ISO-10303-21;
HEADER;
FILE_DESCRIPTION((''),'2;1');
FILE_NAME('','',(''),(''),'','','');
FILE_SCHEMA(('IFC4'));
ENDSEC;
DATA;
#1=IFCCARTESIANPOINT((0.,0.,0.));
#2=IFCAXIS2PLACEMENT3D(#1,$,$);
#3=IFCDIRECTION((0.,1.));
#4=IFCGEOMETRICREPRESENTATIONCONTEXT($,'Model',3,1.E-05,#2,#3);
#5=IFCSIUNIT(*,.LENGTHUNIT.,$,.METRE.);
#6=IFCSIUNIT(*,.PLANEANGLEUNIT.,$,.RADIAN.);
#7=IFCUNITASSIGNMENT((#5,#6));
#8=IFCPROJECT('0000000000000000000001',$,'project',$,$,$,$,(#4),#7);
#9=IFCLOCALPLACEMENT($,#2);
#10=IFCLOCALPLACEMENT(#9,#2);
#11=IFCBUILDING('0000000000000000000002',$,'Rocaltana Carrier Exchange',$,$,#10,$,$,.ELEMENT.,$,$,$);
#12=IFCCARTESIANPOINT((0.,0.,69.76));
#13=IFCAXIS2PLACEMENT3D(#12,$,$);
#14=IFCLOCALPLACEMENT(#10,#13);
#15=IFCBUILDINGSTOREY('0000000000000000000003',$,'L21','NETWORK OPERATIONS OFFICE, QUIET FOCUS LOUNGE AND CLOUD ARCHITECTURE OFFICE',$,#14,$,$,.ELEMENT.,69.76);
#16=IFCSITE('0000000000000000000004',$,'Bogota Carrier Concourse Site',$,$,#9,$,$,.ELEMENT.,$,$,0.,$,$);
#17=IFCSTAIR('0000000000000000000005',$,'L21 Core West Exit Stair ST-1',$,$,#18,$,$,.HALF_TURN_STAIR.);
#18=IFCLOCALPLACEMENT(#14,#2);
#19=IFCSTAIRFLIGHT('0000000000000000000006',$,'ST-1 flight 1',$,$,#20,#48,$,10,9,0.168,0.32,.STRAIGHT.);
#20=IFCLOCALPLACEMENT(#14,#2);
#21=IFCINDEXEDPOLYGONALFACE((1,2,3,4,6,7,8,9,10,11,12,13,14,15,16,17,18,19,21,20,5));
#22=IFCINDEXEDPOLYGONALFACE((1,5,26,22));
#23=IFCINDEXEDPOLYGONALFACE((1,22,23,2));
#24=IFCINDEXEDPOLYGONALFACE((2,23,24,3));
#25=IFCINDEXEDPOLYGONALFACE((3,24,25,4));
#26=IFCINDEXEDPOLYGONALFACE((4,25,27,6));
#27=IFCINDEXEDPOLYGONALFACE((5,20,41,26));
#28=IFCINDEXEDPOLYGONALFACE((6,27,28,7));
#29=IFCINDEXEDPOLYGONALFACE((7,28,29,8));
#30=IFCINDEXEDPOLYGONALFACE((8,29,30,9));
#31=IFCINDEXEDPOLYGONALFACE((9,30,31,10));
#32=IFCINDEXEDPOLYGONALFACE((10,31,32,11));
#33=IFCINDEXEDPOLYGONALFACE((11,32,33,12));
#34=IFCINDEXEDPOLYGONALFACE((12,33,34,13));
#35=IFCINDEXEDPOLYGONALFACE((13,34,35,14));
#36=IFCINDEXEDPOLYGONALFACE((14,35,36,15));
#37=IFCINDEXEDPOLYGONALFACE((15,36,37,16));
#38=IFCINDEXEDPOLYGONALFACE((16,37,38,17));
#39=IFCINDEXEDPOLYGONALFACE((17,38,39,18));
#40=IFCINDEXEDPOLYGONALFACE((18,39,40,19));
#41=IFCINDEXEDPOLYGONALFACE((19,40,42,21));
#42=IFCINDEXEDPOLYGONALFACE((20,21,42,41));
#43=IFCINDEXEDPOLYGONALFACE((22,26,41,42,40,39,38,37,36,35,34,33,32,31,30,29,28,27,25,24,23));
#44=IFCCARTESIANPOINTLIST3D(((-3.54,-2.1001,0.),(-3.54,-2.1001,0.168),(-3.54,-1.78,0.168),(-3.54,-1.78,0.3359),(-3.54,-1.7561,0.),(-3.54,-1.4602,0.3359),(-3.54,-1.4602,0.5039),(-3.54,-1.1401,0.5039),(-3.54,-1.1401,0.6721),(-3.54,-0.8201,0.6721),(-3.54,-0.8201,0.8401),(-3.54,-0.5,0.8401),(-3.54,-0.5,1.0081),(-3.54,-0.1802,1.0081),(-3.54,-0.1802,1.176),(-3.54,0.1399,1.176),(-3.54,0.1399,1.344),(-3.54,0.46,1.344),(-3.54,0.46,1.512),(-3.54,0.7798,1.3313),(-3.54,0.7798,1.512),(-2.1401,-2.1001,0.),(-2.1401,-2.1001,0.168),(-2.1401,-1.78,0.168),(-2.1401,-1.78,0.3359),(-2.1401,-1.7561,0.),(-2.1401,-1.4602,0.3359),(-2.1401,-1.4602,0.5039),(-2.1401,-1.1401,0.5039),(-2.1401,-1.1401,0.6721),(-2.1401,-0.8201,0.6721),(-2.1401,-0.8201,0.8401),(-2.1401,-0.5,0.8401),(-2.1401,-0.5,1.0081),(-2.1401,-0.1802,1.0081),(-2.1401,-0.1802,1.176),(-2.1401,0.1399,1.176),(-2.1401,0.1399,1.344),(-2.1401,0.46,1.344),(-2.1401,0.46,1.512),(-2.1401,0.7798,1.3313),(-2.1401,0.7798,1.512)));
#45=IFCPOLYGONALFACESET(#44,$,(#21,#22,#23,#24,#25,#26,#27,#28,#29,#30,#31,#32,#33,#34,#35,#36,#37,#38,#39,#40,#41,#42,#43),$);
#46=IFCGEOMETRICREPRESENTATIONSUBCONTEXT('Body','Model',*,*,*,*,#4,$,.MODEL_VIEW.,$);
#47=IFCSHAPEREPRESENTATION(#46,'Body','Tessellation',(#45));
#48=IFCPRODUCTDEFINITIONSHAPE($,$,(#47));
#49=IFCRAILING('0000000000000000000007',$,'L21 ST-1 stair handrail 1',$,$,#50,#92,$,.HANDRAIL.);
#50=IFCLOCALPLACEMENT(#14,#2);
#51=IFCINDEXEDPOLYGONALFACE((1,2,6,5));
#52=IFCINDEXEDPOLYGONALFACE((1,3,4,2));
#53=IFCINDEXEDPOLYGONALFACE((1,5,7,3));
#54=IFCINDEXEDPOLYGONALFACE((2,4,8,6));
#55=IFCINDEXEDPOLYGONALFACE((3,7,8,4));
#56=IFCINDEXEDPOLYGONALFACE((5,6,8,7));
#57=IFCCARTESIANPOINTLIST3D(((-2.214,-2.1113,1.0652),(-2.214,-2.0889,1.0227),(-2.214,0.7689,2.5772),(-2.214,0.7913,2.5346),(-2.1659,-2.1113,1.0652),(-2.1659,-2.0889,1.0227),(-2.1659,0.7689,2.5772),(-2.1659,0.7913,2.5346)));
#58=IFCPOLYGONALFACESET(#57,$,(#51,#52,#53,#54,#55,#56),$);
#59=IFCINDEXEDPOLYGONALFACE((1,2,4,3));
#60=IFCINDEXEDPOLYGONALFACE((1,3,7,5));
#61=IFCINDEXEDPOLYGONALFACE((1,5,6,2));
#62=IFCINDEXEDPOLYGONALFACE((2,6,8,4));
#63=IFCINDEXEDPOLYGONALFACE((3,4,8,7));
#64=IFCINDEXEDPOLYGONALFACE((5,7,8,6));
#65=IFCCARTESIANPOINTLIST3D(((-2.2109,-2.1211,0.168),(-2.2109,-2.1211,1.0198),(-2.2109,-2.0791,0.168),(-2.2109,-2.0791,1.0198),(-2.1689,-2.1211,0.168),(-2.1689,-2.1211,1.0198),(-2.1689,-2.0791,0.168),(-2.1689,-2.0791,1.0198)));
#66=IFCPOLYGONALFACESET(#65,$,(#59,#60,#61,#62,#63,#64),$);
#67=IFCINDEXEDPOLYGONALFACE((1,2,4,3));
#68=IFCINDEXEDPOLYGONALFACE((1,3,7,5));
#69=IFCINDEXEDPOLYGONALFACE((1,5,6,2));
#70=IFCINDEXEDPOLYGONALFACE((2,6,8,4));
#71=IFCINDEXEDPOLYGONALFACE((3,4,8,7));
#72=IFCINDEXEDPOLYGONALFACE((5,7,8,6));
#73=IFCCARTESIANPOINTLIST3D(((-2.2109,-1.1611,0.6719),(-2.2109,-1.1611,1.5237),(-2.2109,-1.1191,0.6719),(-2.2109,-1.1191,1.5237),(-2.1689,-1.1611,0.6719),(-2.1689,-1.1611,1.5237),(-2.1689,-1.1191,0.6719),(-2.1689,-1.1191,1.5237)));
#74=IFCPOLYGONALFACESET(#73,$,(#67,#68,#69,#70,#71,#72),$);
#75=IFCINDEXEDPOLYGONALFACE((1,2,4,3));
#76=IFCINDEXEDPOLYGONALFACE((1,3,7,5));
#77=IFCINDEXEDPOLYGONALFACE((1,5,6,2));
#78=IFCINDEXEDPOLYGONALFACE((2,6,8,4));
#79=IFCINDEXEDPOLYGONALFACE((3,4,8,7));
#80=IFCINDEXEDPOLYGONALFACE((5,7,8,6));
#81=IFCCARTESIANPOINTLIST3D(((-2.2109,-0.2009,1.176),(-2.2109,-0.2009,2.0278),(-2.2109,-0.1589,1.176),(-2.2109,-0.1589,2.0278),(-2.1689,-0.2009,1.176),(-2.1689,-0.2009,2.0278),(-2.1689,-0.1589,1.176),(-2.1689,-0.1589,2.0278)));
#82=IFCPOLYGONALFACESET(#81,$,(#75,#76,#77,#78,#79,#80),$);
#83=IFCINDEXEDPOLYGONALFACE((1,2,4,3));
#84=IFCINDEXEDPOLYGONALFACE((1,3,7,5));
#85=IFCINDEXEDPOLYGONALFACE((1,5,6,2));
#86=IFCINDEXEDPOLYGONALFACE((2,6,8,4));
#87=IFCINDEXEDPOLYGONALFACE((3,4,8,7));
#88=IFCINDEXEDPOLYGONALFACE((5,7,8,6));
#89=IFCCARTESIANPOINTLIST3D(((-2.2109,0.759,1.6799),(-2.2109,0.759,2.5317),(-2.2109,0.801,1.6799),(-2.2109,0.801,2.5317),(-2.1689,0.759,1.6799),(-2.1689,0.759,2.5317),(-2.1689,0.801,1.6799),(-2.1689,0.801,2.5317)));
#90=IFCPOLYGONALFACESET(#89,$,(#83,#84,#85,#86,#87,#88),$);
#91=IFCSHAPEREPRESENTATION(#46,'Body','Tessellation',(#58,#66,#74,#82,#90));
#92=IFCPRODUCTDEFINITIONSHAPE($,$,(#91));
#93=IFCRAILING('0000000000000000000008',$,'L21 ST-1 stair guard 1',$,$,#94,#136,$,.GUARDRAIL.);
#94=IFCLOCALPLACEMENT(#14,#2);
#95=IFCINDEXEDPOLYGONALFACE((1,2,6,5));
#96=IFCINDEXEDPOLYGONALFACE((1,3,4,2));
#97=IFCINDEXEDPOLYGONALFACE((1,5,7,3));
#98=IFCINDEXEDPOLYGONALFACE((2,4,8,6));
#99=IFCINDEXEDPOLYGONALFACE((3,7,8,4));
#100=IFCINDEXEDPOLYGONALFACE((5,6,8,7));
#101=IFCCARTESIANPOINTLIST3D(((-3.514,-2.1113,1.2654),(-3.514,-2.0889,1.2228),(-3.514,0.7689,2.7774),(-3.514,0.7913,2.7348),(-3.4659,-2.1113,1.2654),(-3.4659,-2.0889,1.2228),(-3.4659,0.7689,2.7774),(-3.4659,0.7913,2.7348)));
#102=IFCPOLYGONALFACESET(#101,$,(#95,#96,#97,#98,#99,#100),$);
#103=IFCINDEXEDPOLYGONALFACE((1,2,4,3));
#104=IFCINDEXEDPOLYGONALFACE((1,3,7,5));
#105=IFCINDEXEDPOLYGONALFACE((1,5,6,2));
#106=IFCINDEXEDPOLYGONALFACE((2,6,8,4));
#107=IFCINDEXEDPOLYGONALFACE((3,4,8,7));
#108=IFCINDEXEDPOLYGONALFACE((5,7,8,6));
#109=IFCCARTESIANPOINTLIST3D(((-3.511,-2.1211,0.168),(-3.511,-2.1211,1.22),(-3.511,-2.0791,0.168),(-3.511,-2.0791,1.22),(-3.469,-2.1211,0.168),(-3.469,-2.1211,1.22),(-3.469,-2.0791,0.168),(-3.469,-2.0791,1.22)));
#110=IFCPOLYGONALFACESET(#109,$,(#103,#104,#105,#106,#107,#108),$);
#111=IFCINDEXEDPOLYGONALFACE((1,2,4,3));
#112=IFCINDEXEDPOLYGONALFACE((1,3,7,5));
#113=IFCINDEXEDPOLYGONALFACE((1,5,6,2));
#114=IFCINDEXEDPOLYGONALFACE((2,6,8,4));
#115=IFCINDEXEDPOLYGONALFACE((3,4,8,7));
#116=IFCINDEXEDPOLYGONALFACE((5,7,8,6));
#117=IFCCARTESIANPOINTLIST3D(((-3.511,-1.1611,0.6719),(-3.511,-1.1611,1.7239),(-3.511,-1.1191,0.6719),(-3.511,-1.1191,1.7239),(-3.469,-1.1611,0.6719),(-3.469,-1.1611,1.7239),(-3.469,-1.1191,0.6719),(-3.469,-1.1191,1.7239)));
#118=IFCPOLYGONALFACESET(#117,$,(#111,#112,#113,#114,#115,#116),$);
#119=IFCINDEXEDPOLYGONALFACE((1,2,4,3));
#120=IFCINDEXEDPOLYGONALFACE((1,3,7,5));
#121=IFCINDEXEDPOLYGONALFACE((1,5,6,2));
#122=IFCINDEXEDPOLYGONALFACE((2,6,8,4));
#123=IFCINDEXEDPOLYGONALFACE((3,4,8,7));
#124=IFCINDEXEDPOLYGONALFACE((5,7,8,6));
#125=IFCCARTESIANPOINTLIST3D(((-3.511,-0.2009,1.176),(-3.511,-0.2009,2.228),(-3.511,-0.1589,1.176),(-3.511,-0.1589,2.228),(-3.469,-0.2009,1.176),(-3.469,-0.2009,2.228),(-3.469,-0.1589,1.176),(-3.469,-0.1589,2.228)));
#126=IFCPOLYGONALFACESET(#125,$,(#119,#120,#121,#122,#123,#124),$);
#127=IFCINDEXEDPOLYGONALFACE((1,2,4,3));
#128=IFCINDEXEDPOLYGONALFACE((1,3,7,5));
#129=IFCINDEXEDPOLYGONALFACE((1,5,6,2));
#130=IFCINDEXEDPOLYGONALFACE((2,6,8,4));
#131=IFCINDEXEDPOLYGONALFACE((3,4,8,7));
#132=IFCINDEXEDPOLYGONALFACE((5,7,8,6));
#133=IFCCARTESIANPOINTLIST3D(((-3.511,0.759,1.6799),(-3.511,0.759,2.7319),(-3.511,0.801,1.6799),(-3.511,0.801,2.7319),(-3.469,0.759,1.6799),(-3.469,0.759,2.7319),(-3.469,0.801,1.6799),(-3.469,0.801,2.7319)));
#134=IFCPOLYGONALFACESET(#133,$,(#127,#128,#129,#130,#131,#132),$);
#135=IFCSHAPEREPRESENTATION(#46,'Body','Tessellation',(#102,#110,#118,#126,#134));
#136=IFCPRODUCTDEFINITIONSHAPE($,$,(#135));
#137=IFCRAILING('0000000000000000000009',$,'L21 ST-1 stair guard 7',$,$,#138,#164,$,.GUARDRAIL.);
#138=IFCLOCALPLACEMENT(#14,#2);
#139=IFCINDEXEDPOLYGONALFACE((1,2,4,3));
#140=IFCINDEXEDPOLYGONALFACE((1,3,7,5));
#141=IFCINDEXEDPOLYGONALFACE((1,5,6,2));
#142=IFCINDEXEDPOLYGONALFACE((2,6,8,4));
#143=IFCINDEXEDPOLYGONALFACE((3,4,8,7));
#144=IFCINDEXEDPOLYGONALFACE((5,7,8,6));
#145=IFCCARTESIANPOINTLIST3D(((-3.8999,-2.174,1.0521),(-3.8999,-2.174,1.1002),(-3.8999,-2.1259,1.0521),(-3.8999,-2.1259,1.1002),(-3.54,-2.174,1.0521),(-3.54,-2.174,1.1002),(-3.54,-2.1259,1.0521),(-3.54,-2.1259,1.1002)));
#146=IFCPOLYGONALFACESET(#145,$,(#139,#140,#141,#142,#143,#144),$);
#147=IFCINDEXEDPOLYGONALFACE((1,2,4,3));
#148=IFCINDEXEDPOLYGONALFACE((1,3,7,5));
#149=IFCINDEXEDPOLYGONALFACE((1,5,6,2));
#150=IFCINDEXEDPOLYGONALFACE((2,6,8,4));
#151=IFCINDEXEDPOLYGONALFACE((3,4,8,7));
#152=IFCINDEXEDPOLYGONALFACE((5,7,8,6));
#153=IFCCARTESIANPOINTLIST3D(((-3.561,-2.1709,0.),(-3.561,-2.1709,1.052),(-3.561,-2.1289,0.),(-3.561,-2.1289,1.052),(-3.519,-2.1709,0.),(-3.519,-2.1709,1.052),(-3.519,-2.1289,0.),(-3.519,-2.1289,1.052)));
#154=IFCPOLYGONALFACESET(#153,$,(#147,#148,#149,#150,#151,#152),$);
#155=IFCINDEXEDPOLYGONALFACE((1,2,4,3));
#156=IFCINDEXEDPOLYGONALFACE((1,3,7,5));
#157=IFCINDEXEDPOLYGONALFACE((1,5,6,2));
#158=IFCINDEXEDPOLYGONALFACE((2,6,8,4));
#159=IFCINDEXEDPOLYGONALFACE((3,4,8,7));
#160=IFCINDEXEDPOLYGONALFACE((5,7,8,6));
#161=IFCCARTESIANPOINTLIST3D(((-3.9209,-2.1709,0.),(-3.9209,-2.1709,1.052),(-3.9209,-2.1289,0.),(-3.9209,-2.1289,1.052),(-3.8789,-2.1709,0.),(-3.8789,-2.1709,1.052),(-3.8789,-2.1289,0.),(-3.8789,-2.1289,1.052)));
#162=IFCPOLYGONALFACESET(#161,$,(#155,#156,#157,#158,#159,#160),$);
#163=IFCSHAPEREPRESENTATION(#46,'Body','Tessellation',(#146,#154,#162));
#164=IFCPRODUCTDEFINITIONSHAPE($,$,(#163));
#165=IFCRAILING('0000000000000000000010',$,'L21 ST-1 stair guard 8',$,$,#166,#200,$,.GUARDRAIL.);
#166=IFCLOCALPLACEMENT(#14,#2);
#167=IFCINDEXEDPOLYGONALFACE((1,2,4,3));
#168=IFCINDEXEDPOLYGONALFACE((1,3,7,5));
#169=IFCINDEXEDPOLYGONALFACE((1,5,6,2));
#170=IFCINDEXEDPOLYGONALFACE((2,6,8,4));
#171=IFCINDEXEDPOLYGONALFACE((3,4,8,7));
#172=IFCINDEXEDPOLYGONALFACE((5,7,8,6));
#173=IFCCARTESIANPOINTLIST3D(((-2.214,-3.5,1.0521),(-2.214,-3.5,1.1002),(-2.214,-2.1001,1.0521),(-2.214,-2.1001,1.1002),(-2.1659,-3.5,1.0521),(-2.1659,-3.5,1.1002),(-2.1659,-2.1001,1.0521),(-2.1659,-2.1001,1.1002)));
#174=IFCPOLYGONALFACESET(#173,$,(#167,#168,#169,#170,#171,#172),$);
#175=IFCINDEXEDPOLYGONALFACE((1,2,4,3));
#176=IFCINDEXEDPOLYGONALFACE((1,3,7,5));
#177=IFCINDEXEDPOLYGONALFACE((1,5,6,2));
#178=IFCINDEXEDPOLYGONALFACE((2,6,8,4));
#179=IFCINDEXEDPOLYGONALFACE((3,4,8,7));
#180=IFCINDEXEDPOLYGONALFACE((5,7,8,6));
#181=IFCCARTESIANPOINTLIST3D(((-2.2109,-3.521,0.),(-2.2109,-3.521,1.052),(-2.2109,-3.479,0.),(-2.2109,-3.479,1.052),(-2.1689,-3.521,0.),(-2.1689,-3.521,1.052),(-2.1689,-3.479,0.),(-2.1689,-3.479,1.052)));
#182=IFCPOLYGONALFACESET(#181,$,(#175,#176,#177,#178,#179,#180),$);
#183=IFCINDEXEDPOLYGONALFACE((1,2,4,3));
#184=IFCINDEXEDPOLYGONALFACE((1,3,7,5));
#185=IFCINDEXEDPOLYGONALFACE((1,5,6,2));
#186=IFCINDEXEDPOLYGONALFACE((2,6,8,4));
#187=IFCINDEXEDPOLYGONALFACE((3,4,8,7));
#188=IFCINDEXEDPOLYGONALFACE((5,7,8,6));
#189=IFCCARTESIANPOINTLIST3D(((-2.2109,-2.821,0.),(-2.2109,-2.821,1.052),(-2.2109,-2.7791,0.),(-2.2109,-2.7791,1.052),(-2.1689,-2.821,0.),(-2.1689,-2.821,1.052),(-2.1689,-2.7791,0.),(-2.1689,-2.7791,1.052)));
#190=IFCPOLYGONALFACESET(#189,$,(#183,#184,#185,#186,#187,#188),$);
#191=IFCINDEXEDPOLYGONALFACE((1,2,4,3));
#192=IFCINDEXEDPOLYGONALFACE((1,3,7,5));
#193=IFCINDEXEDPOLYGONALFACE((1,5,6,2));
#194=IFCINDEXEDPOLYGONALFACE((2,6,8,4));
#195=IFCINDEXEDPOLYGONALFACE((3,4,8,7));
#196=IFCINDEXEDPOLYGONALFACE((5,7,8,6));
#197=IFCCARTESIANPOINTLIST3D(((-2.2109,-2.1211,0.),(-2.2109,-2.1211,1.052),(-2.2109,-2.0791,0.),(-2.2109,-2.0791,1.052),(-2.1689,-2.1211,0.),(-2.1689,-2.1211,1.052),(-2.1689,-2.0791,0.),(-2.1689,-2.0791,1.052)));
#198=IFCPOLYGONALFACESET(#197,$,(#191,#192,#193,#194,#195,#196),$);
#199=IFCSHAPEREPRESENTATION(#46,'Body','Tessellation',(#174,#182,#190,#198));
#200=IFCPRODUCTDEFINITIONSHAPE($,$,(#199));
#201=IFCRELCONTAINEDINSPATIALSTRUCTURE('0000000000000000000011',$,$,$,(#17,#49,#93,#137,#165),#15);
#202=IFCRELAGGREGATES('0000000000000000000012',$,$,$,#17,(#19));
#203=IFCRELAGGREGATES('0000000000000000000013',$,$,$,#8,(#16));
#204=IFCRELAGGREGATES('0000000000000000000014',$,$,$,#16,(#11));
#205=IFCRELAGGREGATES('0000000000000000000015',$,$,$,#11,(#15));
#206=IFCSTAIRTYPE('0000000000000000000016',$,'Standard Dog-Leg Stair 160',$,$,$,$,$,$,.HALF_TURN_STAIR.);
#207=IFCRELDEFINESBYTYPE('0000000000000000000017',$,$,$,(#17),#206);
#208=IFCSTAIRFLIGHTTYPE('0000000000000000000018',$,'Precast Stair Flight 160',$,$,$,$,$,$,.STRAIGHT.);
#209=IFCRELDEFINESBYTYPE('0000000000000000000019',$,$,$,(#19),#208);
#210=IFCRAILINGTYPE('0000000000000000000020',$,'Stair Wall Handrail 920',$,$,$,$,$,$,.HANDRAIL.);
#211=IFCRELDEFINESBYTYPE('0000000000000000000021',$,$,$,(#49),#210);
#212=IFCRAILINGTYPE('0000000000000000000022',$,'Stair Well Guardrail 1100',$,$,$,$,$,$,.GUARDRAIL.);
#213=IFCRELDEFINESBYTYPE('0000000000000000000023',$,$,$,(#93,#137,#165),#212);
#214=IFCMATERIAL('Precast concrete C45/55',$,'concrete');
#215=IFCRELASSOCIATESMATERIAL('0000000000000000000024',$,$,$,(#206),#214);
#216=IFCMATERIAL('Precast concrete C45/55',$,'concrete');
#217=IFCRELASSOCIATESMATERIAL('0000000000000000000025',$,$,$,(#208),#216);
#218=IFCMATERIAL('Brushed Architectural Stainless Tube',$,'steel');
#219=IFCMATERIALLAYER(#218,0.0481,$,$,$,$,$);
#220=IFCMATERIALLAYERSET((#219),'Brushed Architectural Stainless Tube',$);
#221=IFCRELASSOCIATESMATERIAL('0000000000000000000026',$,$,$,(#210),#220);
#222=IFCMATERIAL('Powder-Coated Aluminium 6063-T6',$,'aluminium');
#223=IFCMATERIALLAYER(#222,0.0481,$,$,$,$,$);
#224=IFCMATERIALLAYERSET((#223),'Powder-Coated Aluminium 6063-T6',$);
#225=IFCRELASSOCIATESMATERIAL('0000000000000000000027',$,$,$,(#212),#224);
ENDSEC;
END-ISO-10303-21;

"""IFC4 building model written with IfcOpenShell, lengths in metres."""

from ifc_helpers import new_model, si_unit, direction, frame, origin, origin_2d, place, context, subcontext, project, spatial, polyline, rectangle, outline, extrude, material, layer, layer_set, type_object, element, aggregate, save


model = new_model("IFC4")

# Units and contexts
model_context = context("Model", 3, precision=1e-05, world=origin(), true_north=direction((0.0, 1.0)))
body_context = subcontext(model_context, "Body", "Model", "MODEL_VIEW")
ifc_project = project(units=[si_unit("LENGTHUNIT", "METRE"), si_unit("PLANEANGLEUNIT", "RADIAN")], contexts=[model_context])

# Site, building, storey
site_placement = place(None, origin())
site = spatial("IfcSite", under=ifc_project, at=site_placement, Name="Bogota Carrier Concourse Site", CompositionType="ELEMENT", RefElevation=0.0)
building_placement = place(site_placement, origin())
building = spatial("IfcBuilding", under=site, at=building_placement, Name="Rocaltana Carrier Exchange", CompositionType="ELEMENT")
storey_placement = place(building_placement, frame((0.0, 0.0, 69.76)))
storey = spatial("IfcBuildingStorey", under=building, at=storey_placement, Name="L21", Description="NETWORK OPERATIONS OFFICE, QUIET FOCUS LOUNGE AND CLOUD ARCHITECTURE OFFICE", CompositionType="ELEMENT", Elevation=69.76)

# Stair, stair flight
ifc_material_1 = material(Name="Precast concrete C45/55", Category="concrete")
stair_type = type_object("IfcStairType", Name="Standard Dog-Leg Stair 160", PredefinedType="HALF_TURN_STAIR", material=ifc_material_1)
stair_placement = place(storey_placement, origin())
stair = element("IfcStair", 1, at=stair_placement, inside=storey, type_object=stair_type, Name="L21 Core West Exit Stair ST-1", PredefinedType="HALF_TURN_STAIR")
ifc_material_2 = material(Name="Precast concrete C45/55", Category="concrete")
stair_flight_type = type_object("IfcStairFlightType", Name="Precast Stair Flight 160", PredefinedType="STRAIGHT", material=ifc_material_2)
stair_flight_placement = place(storey_placement, frame((-2.8401, -2.1001, 0.0), z_axis=(0.0, 0.0, 1.0), x_axis=(0.0, 1.0, 0.0)))
stair_flight = element("IfcStairFlight", 2, at=stair_flight_placement, type_object=stair_flight_type, Name="ST-1 flight 1", NumberOfRisers=10, NumberOfTreads=9, PredefinedType="STRAIGHT", RiserHeight=0.168, TreadLength=0.32, context=body_context, shape_type="SweptSolid", body=[
    extrude(outline(polyline([(0.0, 0.0), (0.0, 0.168), (0.3201, 0.168), (0.3201, 0.3359), (0.6399, 0.3359), (0.6399, 0.5039), (0.96, 0.5039), (0.96, 0.6721), (1.28, 0.6721), (1.28, 0.8401), (1.6001, 0.8401), (1.6001, 1.0081), (1.9199, 1.0081), (1.9199, 1.176), (2.24, 1.176), (2.24, 1.344), (2.5601, 1.344), (2.5601, 1.512), (2.8799, 1.512), (2.8799, 1.6799), (2.8799, 1.3313), (0.344, 0.0), (0.0, 0.0)])), frame((0.0, 0.7, 0.0), z_axis=(0.0, -1.0, 0.0), x_axis=(1.0, 0.0, 0.0)), (0.0, 0.0, 1.0), 1.3999),
])
aggregate(stair, [stair_flight])

# Railings
ifc_material_3 = material(Name="Brushed Architectural Stainless Tube", Category="steel")
ifc_layer_1 = layer(ifc_material_3, 0.0481)
ifc_layer_set_1 = layer_set([ifc_layer_1], Name="Brushed Architectural Stainless Tube")
railing_type_1 = type_object("IfcRailingType", Name="Stair Wall Handrail 920", PredefinedType="HANDRAIL", material=ifc_layer_set_1)
railing_1_placement = place(storey_placement, frame((-2.1899, -2.1001, 0.168)))
element("IfcRailing", 3, at=railing_1_placement, inside=storey, type_object=railing_type_1, Name="L21 ST-1 stair handrail 1", PredefinedType="HANDRAIL", context=body_context, shape_type="SweptSolid", body=[
    extrude(rectangle(XDim=0.0481, YDim=0.0481, at=origin_2d()), frame((0.0, 0.0, 0.876), z_axis=(0.0, 0.885411, 0.464809), x_axis=(-1.0, 0.0, 0.0)), (0.0, 0.0, 1.0), 3.2529),
    extrude(rectangle(XDim=0.042, YDim=0.042, at=origin_2d()), origin(), (0.0, 0.0, 1.0), 0.8518),
    extrude(rectangle(XDim=0.042, YDim=0.042, at=origin_2d()), frame((0.0, 0.96, 0.5039)), (0.0, 0.0, 1.0), 0.8518),
    extrude(rectangle(XDim=0.042, YDim=0.042, at=origin_2d()), frame((0.0, 1.9202, 1.0081)), (0.0, 0.0, 1.0), 0.8518),
    extrude(rectangle(XDim=0.042, YDim=0.042, at=origin_2d()), frame((0.0, 2.8801, 1.512)), (0.0, 0.0, 1.0), 0.8518),
])
ifc_material_4 = material(Name="Powder-Coated Aluminium 6063-T6", Category="aluminium")
ifc_layer_2 = layer(ifc_material_4, 0.0481)
ifc_layer_set_2 = layer_set([ifc_layer_2], Name="Powder-Coated Aluminium 6063-T6")
railing_type_2 = type_object("IfcRailingType", Name="Stair Well Guardrail 1100", PredefinedType="GUARDRAIL", material=ifc_layer_set_2)
railing_2_placement = place(storey_placement, frame((-3.49, -2.1001, 0.168)))
element("IfcRailing", 4, at=railing_2_placement, inside=storey, type_object=railing_type_2, Name="L21 ST-1 stair guard 1", PredefinedType="GUARDRAIL", context=body_context, shape_type="SweptSolid", body=[
    extrude(rectangle(XDim=0.0481, YDim=0.0481, at=origin_2d()), frame((0.0, 0.0, 1.0762), z_axis=(0.0, 0.885411, 0.464809), x_axis=(-1.0, 0.0, 0.0)), (0.0, 0.0, 1.0), 3.2529),
    extrude(rectangle(XDim=0.042, YDim=0.042, at=origin_2d()), origin(), (0.0, 0.0, 1.0), 1.052),
    extrude(rectangle(XDim=0.042, YDim=0.042, at=origin_2d()), frame((0.0, 0.96, 0.5039)), (0.0, 0.0, 1.0), 1.052),
    extrude(rectangle(XDim=0.042, YDim=0.042, at=origin_2d()), frame((0.0, 1.9202, 1.0081)), (0.0, 0.0, 1.0), 1.052),
    extrude(rectangle(XDim=0.042, YDim=0.042, at=origin_2d()), frame((0.0, 2.8801, 1.512)), (0.0, 0.0, 1.0), 1.052),
])
railing_3_placement = place(storey_placement, frame((-3.54, -2.1499, 0.0)))
element("IfcRailing", 5, at=railing_3_placement, inside=storey, type_object=railing_type_2, Name="L21 ST-1 stair guard 7", PredefinedType="GUARDRAIL", context=body_context, shape_type="SweptSolid", body=[
    extrude(rectangle(XDim=0.0481, YDim=0.0481, at=origin_2d()), frame((0.0, 0.0, 1.0762), z_axis=(-1.0, 0.0, 0.0), x_axis=(0.0, -1.0, 0.0)), (0.0, 0.0, 1.0), 0.3599),
    extrude(rectangle(XDim=0.042, YDim=0.042, at=origin_2d()), origin(), (0.0, 0.0, 1.0), 1.052),
    extrude(rectangle(XDim=0.042, YDim=0.042, at=origin_2d()), frame((-0.3599, 0.0, 0.0)), (0.0, 0.0, 1.0), 1.052),
])
for number, where, name in (
    (6, (-2.1899, -3.5, 0.0), "L21 ST-1 stair guard 8"),
):
    element("IfcRailing", number, at=place(storey_placement, frame(where)), inside=storey, type_object=railing_type_2, Name=name, PredefinedType="GUARDRAIL", context=body_context, shape_type="SweptSolid", body=[
        extrude(rectangle(XDim=0.0481, YDim=0.0481, at=origin_2d()), frame((0.0, 0.0, 1.0762), z_axis=(0.0, 1.0, 0.0), x_axis=(-1.0, 0.0, 0.0)), (0.0, 0.0, 1.0), 1.3999),
        extrude(rectangle(XDim=0.042, YDim=0.042, at=origin_2d()), origin(), (0.0, 0.0, 1.0), 1.052),
        extrude(rectangle(XDim=0.042, YDim=0.042, at=origin_2d()), frame((0.0, 0.7, 0.0)), (0.0, 0.0, 1.0), 1.052),
        extrude(rectangle(XDim=0.042, YDim=0.042, at=origin_2d()), frame((0.0, 1.3999, 0.0)), (0.0, 0.0, 1.0), 1.052),
    ])

save(model, "model.ifc")
